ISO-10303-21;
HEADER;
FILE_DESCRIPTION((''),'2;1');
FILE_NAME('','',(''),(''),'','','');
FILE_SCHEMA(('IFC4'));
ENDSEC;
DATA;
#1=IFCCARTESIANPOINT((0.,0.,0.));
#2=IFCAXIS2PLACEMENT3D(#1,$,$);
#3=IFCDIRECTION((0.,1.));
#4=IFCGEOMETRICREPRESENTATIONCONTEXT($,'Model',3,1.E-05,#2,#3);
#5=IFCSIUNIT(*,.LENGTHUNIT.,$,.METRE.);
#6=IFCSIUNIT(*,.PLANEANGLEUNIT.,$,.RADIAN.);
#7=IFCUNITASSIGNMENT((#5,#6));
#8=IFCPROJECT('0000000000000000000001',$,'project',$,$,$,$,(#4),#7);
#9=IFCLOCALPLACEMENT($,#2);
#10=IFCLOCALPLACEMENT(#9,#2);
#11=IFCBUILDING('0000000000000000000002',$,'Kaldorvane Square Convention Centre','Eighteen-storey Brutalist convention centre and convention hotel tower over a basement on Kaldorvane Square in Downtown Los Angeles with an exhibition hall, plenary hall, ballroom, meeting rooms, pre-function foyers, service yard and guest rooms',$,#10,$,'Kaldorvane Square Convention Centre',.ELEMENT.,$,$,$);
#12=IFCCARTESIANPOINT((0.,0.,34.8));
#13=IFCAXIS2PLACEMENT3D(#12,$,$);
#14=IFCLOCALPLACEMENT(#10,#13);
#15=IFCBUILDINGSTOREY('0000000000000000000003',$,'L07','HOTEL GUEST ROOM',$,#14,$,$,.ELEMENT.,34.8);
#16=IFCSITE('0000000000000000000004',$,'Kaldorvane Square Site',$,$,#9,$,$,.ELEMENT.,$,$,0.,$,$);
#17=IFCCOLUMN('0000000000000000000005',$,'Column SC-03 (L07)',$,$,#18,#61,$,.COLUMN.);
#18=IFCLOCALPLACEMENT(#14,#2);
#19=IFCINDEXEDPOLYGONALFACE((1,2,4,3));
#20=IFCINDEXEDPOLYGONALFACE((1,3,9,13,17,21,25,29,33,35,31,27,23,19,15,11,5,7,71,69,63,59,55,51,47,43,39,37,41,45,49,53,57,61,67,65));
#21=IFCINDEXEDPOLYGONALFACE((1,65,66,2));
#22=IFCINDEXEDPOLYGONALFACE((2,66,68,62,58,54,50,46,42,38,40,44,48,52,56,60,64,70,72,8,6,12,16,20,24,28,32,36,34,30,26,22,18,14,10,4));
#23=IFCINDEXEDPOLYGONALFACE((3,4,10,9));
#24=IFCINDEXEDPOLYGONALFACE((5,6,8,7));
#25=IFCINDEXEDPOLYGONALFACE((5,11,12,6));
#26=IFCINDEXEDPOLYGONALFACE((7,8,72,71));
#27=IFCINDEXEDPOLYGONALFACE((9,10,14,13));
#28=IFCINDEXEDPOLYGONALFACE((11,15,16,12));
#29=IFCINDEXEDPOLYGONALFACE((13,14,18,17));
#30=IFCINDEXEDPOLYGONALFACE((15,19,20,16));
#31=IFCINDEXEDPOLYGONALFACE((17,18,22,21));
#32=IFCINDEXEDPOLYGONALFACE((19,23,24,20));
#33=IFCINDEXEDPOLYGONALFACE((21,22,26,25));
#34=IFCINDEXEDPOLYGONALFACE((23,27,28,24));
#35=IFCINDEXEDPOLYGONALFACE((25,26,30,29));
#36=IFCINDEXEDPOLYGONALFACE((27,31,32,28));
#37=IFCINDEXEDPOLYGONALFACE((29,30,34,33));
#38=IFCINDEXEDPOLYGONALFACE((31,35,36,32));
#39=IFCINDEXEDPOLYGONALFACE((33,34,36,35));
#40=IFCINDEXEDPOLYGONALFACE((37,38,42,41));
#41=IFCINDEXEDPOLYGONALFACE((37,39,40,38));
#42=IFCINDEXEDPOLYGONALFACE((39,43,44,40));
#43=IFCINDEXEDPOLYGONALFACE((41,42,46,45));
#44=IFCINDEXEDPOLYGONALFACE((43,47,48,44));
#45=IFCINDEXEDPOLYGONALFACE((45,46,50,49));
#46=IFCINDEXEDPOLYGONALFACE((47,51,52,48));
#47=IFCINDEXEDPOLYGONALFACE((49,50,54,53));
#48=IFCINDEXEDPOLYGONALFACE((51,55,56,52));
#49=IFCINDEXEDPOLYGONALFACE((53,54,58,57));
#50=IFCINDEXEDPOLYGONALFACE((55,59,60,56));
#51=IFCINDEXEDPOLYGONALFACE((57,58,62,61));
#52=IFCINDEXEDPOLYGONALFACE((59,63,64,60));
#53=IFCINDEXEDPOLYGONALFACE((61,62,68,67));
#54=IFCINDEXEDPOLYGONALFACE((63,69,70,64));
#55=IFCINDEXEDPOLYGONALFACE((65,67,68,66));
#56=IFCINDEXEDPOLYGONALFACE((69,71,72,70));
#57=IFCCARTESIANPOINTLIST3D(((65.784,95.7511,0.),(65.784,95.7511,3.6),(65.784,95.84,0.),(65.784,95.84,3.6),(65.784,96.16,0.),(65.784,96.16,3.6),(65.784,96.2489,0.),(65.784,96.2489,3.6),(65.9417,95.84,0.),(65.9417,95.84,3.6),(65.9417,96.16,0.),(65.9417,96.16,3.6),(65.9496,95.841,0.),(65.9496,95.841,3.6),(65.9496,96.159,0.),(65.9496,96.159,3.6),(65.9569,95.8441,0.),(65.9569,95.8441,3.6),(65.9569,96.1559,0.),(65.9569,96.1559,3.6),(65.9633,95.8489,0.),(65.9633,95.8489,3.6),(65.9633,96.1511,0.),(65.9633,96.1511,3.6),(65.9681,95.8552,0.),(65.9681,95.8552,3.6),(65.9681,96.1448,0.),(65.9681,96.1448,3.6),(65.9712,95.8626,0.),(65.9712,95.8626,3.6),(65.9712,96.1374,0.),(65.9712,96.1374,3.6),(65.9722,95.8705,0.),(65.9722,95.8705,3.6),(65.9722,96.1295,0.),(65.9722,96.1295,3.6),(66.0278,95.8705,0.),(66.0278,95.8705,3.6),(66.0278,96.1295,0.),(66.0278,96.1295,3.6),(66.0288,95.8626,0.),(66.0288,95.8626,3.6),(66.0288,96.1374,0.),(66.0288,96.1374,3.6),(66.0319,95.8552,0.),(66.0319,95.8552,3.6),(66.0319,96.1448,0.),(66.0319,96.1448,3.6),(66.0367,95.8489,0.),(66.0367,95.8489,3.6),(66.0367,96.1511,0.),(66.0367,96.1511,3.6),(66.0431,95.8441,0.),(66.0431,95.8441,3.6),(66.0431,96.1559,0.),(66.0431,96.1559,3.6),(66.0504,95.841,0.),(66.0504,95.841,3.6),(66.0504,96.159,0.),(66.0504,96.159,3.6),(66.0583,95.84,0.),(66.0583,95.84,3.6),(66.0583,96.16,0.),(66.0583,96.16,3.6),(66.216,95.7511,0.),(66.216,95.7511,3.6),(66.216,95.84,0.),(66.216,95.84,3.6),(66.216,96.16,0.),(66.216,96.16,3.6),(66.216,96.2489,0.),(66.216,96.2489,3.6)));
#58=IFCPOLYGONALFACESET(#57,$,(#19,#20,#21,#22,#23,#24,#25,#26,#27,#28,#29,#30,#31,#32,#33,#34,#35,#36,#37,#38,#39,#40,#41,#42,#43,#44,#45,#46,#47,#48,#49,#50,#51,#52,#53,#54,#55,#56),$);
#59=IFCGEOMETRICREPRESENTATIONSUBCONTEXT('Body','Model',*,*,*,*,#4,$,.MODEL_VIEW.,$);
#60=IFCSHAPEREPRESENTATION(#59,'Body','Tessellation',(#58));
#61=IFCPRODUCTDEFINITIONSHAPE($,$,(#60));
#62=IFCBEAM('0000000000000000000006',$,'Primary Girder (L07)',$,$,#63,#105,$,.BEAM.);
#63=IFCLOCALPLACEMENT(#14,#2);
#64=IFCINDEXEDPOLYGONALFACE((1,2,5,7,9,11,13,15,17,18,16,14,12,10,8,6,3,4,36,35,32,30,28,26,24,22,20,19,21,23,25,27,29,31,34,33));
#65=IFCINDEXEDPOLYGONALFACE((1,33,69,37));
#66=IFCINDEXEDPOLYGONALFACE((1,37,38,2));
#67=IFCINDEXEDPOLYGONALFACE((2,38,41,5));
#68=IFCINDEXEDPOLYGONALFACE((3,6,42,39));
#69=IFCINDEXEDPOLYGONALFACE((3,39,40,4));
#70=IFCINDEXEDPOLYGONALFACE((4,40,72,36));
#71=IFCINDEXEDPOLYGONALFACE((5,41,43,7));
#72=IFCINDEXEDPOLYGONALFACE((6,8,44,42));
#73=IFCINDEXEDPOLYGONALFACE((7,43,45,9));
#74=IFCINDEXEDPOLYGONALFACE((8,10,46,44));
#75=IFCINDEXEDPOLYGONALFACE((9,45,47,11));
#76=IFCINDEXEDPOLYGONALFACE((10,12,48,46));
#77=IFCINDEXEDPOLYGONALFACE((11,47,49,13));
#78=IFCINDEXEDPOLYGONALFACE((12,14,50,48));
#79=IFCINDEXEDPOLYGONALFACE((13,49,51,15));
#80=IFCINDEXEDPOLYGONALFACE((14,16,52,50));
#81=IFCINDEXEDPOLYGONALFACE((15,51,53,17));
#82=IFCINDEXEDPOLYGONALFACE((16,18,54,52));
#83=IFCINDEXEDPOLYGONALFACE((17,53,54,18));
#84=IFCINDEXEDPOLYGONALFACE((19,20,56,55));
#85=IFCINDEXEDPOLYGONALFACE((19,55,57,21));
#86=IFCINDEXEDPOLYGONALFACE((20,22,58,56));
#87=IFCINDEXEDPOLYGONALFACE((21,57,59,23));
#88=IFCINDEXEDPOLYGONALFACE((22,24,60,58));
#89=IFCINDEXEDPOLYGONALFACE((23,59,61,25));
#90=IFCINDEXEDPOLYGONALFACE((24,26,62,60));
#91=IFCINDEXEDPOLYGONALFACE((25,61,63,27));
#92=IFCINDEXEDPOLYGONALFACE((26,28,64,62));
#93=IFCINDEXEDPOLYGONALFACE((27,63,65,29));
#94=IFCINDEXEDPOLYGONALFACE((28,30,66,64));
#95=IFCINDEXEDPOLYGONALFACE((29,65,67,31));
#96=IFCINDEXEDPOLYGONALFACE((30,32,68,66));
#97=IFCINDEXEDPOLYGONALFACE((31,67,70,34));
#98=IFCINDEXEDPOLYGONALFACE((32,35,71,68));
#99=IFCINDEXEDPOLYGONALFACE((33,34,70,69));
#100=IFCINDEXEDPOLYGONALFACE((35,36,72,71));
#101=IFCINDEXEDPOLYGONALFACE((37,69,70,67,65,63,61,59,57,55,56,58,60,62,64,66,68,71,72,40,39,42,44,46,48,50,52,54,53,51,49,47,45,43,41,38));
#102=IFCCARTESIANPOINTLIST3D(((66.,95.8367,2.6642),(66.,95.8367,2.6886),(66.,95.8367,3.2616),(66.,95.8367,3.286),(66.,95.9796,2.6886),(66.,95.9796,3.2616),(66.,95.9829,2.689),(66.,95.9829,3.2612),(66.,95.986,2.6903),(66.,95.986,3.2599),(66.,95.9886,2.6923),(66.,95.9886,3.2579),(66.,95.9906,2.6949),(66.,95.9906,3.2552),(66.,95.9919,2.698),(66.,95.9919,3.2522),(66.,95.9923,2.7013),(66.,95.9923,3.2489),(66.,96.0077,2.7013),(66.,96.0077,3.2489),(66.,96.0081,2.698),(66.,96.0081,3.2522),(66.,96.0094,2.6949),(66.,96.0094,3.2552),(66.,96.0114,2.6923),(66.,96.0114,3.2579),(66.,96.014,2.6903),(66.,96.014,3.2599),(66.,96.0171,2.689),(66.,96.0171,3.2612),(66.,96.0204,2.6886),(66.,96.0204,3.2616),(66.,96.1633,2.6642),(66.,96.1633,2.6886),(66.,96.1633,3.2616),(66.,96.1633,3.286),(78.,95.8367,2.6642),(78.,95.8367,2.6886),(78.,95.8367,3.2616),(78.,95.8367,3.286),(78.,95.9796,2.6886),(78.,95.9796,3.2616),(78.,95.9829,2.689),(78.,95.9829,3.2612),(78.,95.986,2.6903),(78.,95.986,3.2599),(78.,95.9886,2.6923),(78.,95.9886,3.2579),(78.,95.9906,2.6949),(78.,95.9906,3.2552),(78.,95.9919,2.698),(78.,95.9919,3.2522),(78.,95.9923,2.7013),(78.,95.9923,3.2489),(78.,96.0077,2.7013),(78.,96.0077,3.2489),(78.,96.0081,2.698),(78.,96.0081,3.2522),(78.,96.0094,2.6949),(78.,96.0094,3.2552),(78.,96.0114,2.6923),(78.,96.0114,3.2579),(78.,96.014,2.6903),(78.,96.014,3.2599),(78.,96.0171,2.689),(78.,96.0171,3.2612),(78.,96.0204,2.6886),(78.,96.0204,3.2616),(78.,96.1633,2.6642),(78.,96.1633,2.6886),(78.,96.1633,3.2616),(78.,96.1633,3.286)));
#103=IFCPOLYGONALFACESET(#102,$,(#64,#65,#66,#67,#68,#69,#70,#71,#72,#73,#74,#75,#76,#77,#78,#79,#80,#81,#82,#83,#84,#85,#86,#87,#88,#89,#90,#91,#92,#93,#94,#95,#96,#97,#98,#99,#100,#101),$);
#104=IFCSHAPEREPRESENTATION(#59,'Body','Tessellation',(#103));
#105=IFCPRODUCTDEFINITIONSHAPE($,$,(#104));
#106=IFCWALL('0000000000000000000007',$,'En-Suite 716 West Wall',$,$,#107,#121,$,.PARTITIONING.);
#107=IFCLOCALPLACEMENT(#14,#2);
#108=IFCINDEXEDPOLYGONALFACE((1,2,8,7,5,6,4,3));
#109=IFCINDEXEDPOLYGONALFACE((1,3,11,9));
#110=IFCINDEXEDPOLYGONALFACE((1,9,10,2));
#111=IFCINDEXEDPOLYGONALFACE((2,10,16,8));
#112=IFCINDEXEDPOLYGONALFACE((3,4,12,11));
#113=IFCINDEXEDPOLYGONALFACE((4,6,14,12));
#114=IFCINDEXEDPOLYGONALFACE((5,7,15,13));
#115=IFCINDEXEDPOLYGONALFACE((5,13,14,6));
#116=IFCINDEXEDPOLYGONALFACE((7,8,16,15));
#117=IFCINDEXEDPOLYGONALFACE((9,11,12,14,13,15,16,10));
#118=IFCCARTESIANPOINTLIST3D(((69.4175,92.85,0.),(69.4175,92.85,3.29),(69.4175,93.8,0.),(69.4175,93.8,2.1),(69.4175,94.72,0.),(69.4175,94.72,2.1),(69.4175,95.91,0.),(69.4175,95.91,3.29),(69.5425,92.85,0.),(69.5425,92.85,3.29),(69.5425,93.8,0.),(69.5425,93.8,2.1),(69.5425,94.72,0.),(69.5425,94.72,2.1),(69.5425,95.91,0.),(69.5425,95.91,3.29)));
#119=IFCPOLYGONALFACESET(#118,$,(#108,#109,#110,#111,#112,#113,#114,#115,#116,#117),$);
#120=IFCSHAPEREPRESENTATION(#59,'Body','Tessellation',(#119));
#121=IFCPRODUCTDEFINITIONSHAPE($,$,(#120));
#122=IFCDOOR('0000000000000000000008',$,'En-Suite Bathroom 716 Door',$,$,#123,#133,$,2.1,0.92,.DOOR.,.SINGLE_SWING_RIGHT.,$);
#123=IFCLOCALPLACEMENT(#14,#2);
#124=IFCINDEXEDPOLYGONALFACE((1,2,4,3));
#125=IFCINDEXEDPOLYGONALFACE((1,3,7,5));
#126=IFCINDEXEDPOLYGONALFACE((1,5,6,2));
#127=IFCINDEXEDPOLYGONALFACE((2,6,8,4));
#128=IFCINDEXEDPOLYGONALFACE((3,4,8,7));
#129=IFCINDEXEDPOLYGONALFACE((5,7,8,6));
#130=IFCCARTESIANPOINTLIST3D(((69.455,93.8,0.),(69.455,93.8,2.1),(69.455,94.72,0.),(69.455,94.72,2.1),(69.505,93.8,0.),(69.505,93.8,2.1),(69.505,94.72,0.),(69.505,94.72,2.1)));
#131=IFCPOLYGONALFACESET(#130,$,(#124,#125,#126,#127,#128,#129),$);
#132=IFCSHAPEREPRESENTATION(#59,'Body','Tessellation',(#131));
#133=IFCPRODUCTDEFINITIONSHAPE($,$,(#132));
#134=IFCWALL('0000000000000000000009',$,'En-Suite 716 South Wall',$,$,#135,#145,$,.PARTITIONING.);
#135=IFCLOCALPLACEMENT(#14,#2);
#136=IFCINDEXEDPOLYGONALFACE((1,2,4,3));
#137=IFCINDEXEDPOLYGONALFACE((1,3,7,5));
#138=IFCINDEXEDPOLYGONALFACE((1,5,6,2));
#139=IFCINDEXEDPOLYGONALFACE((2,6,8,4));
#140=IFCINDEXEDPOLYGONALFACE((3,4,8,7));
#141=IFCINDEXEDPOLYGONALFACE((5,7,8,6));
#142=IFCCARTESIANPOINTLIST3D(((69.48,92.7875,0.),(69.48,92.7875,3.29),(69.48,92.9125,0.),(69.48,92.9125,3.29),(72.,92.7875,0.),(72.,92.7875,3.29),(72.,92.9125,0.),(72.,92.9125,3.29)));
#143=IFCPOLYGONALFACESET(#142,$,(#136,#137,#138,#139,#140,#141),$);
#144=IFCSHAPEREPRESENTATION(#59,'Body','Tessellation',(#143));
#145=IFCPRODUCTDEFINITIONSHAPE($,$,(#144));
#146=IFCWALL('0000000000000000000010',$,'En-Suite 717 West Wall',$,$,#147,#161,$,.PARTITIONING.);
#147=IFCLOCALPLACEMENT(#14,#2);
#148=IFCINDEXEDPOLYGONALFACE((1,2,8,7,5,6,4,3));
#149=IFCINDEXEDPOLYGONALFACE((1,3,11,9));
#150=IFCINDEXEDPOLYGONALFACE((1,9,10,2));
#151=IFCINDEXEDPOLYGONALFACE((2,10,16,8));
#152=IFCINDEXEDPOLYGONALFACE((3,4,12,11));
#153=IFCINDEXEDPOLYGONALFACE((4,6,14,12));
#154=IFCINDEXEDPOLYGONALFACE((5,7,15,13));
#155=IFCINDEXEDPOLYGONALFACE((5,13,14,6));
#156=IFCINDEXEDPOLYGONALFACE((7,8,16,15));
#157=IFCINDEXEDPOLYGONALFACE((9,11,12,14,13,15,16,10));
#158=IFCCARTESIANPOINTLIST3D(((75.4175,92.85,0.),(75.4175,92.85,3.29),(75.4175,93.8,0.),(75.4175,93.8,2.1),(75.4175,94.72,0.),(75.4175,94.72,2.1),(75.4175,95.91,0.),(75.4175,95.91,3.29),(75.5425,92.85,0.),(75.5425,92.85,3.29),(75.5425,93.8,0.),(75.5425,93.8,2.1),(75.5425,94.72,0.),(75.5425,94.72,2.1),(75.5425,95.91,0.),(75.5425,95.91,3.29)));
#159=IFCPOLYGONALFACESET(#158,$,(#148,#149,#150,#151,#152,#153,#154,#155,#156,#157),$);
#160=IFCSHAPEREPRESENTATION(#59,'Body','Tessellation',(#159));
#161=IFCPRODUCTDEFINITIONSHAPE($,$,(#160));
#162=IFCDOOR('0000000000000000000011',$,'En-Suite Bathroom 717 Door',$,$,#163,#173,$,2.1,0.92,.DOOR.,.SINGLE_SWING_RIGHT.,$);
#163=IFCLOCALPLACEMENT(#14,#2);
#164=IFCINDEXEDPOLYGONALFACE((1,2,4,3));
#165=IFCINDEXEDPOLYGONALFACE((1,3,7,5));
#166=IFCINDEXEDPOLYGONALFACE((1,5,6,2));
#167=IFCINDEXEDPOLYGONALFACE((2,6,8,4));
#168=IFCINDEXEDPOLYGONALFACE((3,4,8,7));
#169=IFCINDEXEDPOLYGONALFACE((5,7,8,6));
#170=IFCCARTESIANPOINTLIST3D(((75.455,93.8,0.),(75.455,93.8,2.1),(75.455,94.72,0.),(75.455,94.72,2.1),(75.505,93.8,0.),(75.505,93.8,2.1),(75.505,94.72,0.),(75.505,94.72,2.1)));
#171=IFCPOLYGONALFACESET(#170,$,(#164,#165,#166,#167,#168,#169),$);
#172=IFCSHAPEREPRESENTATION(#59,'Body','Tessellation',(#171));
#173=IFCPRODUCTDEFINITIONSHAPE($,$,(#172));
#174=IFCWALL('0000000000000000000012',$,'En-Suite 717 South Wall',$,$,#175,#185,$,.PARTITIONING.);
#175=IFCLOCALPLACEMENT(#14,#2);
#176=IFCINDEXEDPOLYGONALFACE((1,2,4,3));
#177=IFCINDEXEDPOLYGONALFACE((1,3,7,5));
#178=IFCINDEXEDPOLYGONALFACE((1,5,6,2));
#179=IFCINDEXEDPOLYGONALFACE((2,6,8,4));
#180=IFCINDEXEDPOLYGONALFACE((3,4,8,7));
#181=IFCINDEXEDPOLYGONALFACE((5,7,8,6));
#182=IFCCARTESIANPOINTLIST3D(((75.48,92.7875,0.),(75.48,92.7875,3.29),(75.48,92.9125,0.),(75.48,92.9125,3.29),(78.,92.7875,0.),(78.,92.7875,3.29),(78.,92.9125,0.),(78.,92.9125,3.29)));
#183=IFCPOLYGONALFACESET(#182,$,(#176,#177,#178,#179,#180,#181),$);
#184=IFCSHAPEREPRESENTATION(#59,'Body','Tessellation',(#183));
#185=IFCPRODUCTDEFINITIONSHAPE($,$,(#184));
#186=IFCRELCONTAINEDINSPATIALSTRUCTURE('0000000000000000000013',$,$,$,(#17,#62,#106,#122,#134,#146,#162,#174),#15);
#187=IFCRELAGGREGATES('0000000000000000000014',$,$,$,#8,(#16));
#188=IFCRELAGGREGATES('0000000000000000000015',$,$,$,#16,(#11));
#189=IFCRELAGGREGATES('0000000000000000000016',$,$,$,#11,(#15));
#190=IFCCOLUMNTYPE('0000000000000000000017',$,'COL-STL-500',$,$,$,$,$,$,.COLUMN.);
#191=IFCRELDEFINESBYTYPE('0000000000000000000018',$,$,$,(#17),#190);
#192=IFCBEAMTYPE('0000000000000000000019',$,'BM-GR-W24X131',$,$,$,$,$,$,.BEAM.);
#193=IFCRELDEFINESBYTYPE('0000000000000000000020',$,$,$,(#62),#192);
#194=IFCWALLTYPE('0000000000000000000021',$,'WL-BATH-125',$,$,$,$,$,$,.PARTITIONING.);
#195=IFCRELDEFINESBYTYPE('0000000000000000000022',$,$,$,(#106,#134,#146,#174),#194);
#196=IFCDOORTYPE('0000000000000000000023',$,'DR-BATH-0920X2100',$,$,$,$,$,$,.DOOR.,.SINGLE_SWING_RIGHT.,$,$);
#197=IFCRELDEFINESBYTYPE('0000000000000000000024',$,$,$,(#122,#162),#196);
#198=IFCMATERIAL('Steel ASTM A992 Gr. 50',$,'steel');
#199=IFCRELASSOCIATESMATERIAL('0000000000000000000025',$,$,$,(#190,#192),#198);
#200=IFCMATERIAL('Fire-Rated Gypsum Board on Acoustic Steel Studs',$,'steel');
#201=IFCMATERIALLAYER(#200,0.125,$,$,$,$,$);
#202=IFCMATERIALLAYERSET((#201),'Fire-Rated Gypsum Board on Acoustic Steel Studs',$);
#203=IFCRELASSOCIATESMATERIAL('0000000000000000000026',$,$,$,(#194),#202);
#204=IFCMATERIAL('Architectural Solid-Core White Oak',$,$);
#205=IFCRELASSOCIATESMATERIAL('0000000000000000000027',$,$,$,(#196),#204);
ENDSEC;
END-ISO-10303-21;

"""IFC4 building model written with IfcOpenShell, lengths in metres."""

from ifc_helpers import new_model, si_unit, direction, frame, frame_2d, origin, origin_2d, place, context, subcontext, project, spatial, rectangle, i_section, extrude, material, layer, layer_set, material_profile, profile_set, type_object, element, fill, save


model = new_model("IFC4")

# Units and contexts
model_context = context("Model", 3, precision=1e-05, world=origin(), true_north=direction((0.0, 1.0)))
body_context = subcontext(model_context, "Body", "Model", "MODEL_VIEW")
ifc_project = project(units=[si_unit("LENGTHUNIT", "METRE"), si_unit("PLANEANGLEUNIT", "RADIAN")], contexts=[model_context])

# Site, building, storey
site_placement = place(None, origin())
site = spatial("IfcSite", under=ifc_project, at=site_placement, Name="Kaldorvane Square Site", CompositionType="ELEMENT", RefElevation=0.0)
building_placement = place(site_placement, origin())
building = spatial("IfcBuilding", under=site, at=building_placement, Name="Kaldorvane Square Convention Centre", Description="Eighteen-storey Brutalist convention centre and convention hotel tower over a basement on Kaldorvane Square in Downtown Los Angeles with an exhibition hall, plenary hall, ballroom, meeting rooms, pre-function foyers, service yard and guest rooms", LongName="Kaldorvane Square Convention Centre", CompositionType="ELEMENT")
storey_placement = place(building_placement, frame((0.0, 0.0, 34.8)))
storey = spatial("IfcBuildingStorey", under=building, at=storey_placement, Name="L07", Description="HOTEL GUEST ROOM", CompositionType="ELEMENT", Elevation=34.8)

# Column
ifc_material_1 = material(Name="Steel ASTM A992 Gr. 50", Category="steel")
ifc_material_profile_1 = material_profile(ifc_material_1, i_section(OverallWidth=0.4321, OverallDepth=0.4978, WebThickness=0.0556, FlangeThickness=0.0889, FilletRadius=0.0305, at=origin_2d()), Name="W14X500")
ifc_profile_set_1 = profile_set([ifc_material_profile_1], Name="Steel ASTM A992 Gr. 50")
column_type = type_object("IfcColumnType", Name="COL-STL-500", PredefinedType="COLUMN", material=ifc_profile_set_1)
column_placement = place(storey_placement, frame((66.0, 96.0, 0.0), z_axis=(0.0, 0.0, 1.0), x_axis=(1.0, 0.0, 0.0)))
element("IfcColumn", 1, at=column_placement, inside=storey, type_object=column_type, Name="Column SC-03 (L07)", PredefinedType="COLUMN", context=body_context, shape_type="SweptSolid", body=[
    extrude(i_section(OverallWidth=0.4321, OverallDepth=0.4978, WebThickness=0.0556, FlangeThickness=0.0889, FilletRadius=0.0305, at=origin_2d()), origin(), (0.0, 0.0, 1.0), 3.6),
])

# Beam
ifc_material_profile_2 = material_profile(ifc_material_1, i_section(OverallWidth=0.3265, OverallDepth=0.6218, WebThickness=0.0154, FlangeThickness=0.0244, FilletRadius=0.0127, at=origin_2d()), Name="W24X131")
ifc_profile_set_2 = profile_set([ifc_material_profile_2], Name="Steel ASTM A992 Gr. 50")
beam_type = type_object("IfcBeamType", Name="BM-GR-W24X131", PredefinedType="BEAM", material=ifc_profile_set_2)
beam_placement = place(storey_placement, frame((66.0, 96.0, 2.9751), z_axis=(1.0, 0.0, 0.0), x_axis=(0.0, 1.0, 0.0)))
element("IfcBeam", 2, at=beam_placement, inside=storey, type_object=beam_type, Name="Primary Girder (L07)", PredefinedType="BEAM", context=body_context, shape_type="SweptSolid", body=[
    extrude(i_section(OverallWidth=0.3265, OverallDepth=0.6218, WebThickness=0.0154, FlangeThickness=0.0244, FilletRadius=0.0127, at=origin_2d()), origin(), (0.0, 0.0, 1.0), 12.0),
])

# Wall, opening, door
ifc_material_2 = material(Name="Fire-Rated Gypsum Board on Acoustic Steel Studs", Category="steel")
ifc_layer_1 = layer(ifc_material_2, 0.125)
ifc_layer_set_1 = layer_set([ifc_layer_1], Name="Fire-Rated Gypsum Board on Acoustic Steel Studs")
wall_type_1 = type_object("IfcWallType", Name="WL-BATH-125", PredefinedType="PARTITIONING", material=ifc_layer_set_1)
wall_1_placement = place(storey_placement, frame((69.48, 92.85, 0.0), z_axis=(0.0, 0.0, 1.0), x_axis=(0.0, 1.0, 0.0)))
wall_1 = element("IfcWall", 3, at=wall_1_placement, inside=storey, type_object=wall_type_1, Name="En-Suite 716 West Wall", PredefinedType="PARTITIONING", context=body_context, shape_type="SweptSolid", body=[
    extrude(rectangle(XDim=3.06, YDim=0.125, at=frame_2d((1.53, 0.0))), origin(), (0.0, 0.0, 1.0), 3.29),
])
opening_1_placement = place(wall_1_placement, frame((0.95, 0.0, 0.0)))
opening_1 = element("IfcOpeningElement", 4, at=opening_1_placement, cuts=wall_1, PredefinedType="OPENING", context=body_context, shape_type="SweptSolid", body=[
    extrude(rectangle(XDim=0.92, YDim=2.1, at=frame_2d((0.46, 1.05))), frame((0.0, 0.0775, 0.0), z_axis=(0.0, -1.0, 0.0), x_axis=(1.0, 0.0, 0.0)), (0.0, 0.0, 1.0), 0.155),
])
ifc_material_3 = material(Name="Architectural Solid-Core White Oak")
door_type_1 = type_object("IfcDoorType", Name="DR-BATH-0920X2100", OperationType="SINGLE_SWING_RIGHT", PredefinedType="DOOR", material=ifc_material_3)
door_1_placement = place(opening_1_placement, origin())
door_1 = element("IfcDoor", 5, at=door_1_placement, inside=storey, type_object=door_type_1, Name="En-Suite Bathroom 716 Door", OperationType="SINGLE_SWING_RIGHT", OverallHeight=2.1, OverallWidth=0.92, PredefinedType="DOOR", context=body_context, shape_type="SweptSolid", body=[
    extrude(rectangle(XDim=0.92, YDim=2.1, at=frame_2d((0.46, 1.05))), frame((0.0, 0.025, 0.0), z_axis=(0.0, -1.0, 0.0), x_axis=(1.0, 0.0, 0.0)), (0.0, 0.0, 1.0), 0.05),
])
fill(opening_1, door_1)

# Wall
wall_2_placement = place(storey_placement, frame((69.48, 92.85, 0.0), z_axis=(0.0, 0.0, 1.0), x_axis=(1.0, 0.0, 0.0)))
element("IfcWall", 6, at=wall_2_placement, inside=storey, type_object=wall_type_1, Name="En-Suite 716 South Wall", PredefinedType="PARTITIONING", context=body_context, shape_type="SweptSolid", body=[
    extrude(rectangle(XDim=2.52, YDim=0.125, at=frame_2d((1.26, 0.0))), origin(), (0.0, 0.0, 1.0), 3.29),
])

# Wall, opening, door
wall_3_placement = place(storey_placement, frame((75.48, 92.85, 0.0), z_axis=(0.0, 0.0, 1.0), x_axis=(0.0, 1.0, 0.0)))
wall_3 = element("IfcWall", 7, at=wall_3_placement, inside=storey, type_object=wall_type_1, Name="En-Suite 717 West Wall", PredefinedType="PARTITIONING", context=body_context, shape_type="SweptSolid", body=[
    extrude(rectangle(XDim=3.06, YDim=0.125, at=frame_2d((1.53, 0.0))), origin(), (0.0, 0.0, 1.0), 3.29),
])
opening_2_placement = place(wall_3_placement, frame((0.95, 0.0, 0.0)))
opening_2 = element("IfcOpeningElement", 8, at=opening_2_placement, cuts=wall_3, PredefinedType="OPENING", context=body_context, shape_type="SweptSolid", body=[
    extrude(rectangle(XDim=0.92, YDim=2.1, at=frame_2d((0.46, 1.05))), frame((0.0, 0.0775, 0.0), z_axis=(0.0, -1.0, 0.0), x_axis=(1.0, 0.0, 0.0)), (0.0, 0.0, 1.0), 0.155),
])
door_2_placement = place(opening_2_placement, origin())
door_2 = element("IfcDoor", 9, at=door_2_placement, inside=storey, type_object=door_type_1, Name="En-Suite Bathroom 717 Door", OperationType="SINGLE_SWING_RIGHT", OverallHeight=2.1, OverallWidth=0.92, PredefinedType="DOOR", context=body_context, shape_type="SweptSolid", body=[
    extrude(rectangle(XDim=0.92, YDim=2.1, at=frame_2d((0.46, 1.05))), frame((0.0, 0.025, 0.0), z_axis=(0.0, -1.0, 0.0), x_axis=(1.0, 0.0, 0.0)), (0.0, 0.0, 1.0), 0.05),
])
fill(opening_2, door_2)

# Wall
wall_4_placement = place(storey_placement, frame((75.48, 92.85, 0.0), z_axis=(0.0, 0.0, 1.0), x_axis=(1.0, 0.0, 0.0)))
element("IfcWall", 10, at=wall_4_placement, inside=storey, type_object=wall_type_1, Name="En-Suite 717 South Wall", PredefinedType="PARTITIONING", context=body_context, shape_type="SweptSolid", body=[
    extrude(rectangle(XDim=2.52, YDim=0.125, at=frame_2d((1.26, 0.0))), origin(), (0.0, 0.0, 1.0), 3.29),
])

save(model, "model.ifc")
